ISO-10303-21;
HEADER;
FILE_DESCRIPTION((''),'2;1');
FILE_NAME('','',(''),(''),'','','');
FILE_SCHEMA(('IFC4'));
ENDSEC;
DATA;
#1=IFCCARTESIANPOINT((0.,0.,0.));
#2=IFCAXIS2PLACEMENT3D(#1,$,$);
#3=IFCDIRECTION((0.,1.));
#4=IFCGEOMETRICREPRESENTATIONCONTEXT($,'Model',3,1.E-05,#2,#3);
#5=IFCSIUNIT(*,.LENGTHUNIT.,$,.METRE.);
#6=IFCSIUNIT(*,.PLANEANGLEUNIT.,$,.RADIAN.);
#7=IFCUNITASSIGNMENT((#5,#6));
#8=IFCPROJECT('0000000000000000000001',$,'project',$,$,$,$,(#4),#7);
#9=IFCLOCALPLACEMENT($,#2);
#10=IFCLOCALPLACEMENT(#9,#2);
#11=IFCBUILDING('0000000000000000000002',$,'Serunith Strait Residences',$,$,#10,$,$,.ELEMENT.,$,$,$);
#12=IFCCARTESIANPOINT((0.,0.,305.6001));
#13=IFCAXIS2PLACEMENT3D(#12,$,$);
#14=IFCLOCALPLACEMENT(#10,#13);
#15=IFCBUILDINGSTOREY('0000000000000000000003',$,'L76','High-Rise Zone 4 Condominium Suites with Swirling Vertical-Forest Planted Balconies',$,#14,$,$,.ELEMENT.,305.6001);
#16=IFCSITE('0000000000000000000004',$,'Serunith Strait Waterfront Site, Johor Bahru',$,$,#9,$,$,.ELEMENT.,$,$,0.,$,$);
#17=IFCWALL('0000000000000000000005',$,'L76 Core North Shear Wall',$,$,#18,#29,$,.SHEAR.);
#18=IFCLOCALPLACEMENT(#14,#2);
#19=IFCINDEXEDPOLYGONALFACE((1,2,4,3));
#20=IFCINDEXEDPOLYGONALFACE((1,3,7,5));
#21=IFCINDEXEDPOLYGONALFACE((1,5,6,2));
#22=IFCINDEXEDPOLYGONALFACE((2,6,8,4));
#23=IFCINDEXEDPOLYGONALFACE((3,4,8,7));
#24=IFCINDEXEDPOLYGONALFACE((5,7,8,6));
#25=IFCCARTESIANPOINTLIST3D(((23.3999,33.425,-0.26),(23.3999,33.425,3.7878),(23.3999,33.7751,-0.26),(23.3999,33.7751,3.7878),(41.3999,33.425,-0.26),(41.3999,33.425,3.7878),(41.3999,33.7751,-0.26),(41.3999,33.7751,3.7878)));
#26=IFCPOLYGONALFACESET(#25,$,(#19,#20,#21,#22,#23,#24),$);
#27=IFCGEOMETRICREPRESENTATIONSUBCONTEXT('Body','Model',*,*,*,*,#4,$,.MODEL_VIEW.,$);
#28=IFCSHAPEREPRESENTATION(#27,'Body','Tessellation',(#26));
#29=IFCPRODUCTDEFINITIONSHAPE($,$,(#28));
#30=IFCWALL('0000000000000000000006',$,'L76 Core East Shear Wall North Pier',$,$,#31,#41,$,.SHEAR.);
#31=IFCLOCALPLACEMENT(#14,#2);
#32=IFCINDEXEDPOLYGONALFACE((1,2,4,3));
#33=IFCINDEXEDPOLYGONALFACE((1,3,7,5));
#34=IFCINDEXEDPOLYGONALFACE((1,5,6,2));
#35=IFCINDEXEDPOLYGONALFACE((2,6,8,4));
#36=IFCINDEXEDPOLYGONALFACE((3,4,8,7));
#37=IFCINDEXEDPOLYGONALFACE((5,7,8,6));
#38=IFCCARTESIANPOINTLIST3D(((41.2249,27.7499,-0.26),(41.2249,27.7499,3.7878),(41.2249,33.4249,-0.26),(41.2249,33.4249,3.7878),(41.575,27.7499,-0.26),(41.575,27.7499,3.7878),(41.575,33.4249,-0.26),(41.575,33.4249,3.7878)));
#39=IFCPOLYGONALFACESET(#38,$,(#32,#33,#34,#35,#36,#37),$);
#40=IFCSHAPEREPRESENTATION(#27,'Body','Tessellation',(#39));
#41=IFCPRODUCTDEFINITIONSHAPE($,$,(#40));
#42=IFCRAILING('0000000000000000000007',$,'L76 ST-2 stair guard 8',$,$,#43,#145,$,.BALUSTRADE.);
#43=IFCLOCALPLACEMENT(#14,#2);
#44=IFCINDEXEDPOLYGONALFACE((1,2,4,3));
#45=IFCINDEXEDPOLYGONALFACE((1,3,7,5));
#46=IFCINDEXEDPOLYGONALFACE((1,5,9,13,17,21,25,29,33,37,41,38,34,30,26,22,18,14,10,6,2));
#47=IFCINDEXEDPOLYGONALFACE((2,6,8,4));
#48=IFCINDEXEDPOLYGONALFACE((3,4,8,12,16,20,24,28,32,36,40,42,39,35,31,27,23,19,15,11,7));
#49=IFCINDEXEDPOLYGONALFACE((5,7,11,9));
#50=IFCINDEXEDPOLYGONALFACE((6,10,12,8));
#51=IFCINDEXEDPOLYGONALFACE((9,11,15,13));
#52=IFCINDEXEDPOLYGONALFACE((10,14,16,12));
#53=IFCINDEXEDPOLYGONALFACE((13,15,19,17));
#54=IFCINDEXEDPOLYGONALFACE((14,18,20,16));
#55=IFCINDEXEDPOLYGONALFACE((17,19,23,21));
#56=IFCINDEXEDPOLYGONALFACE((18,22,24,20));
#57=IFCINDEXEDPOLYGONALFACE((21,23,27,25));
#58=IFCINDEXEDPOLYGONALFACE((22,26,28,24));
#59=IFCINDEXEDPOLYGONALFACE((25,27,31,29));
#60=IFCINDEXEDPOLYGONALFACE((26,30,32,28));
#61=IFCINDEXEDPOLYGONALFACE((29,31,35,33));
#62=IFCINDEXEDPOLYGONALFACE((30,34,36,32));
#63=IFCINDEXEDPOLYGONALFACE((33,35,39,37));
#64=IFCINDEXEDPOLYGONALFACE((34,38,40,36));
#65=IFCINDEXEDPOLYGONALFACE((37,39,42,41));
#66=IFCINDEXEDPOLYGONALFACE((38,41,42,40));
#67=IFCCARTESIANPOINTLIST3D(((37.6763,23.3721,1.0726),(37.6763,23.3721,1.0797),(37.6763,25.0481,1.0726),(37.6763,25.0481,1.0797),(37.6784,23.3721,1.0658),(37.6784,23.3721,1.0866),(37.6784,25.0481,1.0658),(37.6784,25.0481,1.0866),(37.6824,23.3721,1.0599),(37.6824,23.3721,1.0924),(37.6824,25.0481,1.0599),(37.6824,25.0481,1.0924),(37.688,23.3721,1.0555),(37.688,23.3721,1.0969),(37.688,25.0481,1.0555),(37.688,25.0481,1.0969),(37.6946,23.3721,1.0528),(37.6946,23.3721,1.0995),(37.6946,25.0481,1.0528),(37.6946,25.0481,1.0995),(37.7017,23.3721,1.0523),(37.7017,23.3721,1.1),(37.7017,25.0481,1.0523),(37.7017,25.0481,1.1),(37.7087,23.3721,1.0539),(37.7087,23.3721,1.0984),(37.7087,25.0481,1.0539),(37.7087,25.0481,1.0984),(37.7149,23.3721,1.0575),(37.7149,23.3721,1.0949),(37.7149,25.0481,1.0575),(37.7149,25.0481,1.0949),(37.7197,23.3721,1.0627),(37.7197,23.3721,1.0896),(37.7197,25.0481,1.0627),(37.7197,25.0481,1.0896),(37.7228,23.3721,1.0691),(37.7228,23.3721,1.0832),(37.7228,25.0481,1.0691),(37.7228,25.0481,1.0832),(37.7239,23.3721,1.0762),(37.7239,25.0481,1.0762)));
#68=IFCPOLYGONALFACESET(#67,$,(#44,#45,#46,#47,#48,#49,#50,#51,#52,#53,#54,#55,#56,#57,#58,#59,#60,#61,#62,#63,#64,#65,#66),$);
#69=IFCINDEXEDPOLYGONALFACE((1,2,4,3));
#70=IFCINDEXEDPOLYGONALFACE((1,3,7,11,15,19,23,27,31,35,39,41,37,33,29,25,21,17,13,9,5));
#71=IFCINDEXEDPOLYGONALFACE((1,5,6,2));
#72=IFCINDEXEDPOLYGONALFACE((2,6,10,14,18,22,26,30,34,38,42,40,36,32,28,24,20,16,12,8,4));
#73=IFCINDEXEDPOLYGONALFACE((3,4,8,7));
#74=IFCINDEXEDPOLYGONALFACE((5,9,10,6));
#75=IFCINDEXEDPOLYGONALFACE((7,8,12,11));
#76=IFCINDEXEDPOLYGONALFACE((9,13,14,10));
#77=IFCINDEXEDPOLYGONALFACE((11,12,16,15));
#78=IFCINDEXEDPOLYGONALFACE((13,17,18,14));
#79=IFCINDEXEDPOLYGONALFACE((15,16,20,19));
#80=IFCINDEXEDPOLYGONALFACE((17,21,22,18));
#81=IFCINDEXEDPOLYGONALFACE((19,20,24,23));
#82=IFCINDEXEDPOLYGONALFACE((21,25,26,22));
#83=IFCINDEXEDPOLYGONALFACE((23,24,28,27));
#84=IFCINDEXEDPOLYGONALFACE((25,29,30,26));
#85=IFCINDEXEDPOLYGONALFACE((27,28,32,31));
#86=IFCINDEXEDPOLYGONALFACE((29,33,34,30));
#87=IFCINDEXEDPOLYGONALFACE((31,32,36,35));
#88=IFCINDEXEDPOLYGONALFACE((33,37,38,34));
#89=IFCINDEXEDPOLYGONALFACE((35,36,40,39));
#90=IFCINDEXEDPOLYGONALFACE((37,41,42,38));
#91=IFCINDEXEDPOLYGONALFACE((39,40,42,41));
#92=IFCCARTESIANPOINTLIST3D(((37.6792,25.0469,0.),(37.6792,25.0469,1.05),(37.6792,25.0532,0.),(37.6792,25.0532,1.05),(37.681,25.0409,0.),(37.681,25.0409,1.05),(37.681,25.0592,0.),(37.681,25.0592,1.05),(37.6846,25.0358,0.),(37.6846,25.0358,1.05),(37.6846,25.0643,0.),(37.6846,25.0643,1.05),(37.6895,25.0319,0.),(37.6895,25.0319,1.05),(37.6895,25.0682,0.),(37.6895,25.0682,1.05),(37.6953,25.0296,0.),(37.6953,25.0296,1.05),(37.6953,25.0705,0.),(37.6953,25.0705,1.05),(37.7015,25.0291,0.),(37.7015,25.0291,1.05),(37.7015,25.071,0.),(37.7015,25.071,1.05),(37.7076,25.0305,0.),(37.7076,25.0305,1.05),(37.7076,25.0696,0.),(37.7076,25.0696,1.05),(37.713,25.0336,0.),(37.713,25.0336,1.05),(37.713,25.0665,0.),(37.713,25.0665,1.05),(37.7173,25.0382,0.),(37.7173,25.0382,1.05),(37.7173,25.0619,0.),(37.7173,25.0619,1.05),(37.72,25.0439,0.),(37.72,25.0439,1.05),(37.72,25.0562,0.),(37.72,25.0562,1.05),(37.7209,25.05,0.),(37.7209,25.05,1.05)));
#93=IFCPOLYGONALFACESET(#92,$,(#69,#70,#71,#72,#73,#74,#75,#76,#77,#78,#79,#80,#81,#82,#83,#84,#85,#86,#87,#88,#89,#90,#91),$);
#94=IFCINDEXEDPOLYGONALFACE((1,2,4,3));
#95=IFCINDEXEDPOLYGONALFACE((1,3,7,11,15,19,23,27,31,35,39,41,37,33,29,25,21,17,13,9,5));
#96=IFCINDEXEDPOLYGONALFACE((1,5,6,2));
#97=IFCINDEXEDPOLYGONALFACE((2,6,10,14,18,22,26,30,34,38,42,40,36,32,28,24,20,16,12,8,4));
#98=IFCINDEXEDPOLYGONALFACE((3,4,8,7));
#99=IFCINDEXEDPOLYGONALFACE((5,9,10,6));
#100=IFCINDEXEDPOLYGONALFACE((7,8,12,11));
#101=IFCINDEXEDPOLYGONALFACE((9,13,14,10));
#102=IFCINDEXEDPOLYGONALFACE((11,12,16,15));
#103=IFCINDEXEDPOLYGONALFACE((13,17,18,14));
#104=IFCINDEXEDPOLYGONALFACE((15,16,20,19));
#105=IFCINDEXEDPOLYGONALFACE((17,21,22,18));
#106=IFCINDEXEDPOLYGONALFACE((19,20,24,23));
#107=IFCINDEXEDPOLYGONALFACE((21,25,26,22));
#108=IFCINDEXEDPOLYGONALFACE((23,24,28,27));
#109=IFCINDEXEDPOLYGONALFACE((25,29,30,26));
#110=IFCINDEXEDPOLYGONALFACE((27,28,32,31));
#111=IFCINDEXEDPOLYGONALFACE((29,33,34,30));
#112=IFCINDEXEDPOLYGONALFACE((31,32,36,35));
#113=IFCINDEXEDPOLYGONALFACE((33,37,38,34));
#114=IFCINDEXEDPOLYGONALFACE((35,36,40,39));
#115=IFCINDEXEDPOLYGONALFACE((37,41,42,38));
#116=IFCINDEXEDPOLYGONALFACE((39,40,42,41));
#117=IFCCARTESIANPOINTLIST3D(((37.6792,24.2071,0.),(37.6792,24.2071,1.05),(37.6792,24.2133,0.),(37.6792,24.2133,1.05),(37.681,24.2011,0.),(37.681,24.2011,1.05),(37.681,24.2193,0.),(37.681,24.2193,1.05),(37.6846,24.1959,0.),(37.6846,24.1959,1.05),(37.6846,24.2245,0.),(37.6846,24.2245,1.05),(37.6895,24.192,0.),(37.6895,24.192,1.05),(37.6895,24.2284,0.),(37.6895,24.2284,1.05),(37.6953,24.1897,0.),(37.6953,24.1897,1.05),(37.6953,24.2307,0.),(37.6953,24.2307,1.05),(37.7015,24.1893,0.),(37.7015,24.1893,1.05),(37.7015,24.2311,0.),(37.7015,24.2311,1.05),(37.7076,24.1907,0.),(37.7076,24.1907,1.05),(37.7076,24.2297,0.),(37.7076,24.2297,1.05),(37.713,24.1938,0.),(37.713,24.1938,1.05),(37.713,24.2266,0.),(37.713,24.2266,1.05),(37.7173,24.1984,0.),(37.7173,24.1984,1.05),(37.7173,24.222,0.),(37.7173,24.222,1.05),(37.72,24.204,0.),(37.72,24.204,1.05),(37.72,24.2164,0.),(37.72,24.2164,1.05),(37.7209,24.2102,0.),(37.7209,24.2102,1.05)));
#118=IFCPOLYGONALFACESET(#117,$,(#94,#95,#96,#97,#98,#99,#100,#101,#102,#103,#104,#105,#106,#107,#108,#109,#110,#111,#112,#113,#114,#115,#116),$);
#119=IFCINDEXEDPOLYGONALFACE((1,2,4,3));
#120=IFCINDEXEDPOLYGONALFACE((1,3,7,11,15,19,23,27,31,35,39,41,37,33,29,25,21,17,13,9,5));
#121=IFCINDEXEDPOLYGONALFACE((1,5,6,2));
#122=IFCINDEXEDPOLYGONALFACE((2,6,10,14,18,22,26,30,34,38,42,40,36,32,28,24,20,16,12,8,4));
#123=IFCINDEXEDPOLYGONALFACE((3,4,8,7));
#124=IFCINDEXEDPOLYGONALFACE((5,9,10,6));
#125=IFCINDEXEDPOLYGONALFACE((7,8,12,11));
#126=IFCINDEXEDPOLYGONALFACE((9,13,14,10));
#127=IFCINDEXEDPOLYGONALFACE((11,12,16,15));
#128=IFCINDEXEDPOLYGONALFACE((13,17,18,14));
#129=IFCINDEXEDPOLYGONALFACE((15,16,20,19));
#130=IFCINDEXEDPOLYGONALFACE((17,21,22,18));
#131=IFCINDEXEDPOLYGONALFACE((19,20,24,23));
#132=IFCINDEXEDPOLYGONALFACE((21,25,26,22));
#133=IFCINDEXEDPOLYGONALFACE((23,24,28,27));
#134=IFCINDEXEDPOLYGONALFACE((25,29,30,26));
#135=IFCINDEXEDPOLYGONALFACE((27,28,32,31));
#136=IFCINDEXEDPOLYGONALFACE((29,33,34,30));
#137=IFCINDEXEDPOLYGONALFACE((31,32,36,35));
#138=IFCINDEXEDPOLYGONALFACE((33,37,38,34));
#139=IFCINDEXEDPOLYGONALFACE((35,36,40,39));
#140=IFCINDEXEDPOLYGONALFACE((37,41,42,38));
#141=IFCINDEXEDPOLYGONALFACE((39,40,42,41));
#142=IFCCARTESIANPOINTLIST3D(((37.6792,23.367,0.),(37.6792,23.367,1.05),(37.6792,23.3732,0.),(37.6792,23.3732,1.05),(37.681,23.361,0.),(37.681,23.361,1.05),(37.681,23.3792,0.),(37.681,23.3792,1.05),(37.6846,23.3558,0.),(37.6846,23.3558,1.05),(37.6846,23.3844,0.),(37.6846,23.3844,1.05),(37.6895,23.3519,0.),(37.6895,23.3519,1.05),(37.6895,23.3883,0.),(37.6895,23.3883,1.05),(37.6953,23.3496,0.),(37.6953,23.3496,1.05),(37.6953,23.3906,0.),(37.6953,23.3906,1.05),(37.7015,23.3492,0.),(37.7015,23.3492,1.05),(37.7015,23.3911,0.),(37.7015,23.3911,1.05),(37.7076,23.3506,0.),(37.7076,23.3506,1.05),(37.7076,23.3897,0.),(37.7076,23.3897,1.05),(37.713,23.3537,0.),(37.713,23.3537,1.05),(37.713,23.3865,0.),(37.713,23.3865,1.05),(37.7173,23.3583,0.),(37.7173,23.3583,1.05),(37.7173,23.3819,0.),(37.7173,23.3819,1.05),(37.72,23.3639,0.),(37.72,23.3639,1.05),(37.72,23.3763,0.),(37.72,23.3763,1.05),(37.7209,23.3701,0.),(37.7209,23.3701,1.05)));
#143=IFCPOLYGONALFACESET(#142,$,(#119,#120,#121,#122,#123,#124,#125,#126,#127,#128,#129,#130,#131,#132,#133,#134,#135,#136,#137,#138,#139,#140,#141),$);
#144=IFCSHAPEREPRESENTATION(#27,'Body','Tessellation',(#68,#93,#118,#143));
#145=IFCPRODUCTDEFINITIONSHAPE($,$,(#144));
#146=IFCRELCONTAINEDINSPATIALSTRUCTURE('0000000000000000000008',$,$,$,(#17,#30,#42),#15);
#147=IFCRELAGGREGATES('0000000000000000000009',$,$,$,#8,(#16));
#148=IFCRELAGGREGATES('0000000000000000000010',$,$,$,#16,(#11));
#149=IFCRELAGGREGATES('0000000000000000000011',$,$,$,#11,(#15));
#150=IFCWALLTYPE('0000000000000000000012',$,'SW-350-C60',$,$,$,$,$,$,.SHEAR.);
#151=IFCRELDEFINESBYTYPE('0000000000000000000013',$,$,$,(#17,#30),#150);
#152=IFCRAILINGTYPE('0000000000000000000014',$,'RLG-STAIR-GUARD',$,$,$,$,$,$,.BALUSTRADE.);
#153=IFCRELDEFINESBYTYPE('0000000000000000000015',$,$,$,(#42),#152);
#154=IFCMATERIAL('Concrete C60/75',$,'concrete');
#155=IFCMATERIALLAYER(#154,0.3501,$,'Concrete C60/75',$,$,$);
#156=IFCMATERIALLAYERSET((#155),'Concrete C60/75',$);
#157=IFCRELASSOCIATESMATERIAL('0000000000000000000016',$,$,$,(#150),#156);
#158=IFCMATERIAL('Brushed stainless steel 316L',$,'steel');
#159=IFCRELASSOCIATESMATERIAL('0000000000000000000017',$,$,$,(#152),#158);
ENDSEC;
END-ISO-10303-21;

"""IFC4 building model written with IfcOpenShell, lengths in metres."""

from ifc_helpers import new_model, si_unit, direction, frame, frame_2d, origin, origin_2d, place, context, subcontext, project, spatial, rectangle, circle, extrude, material, layer, layer_set, type_object, element, save


model = new_model("IFC4")

# Units and contexts
model_context = context("Model", 3, precision=1e-05, world=origin(), true_north=direction((0.0, 1.0)))
body_context = subcontext(model_context, "Body", "Model", "MODEL_VIEW")
ifc_project = project(units=[si_unit("LENGTHUNIT", "METRE"), si_unit("PLANEANGLEUNIT", "RADIAN")], contexts=[model_context])

# Site, building, storey
site_placement = place(None, origin())
site = spatial("IfcSite", under=ifc_project, at=site_placement, Name="Serunith Strait Waterfront Site, Johor Bahru", CompositionType="ELEMENT", RefElevation=0.0)
building_placement = place(site_placement, origin())
building = spatial("IfcBuilding", under=site, at=building_placement, Name="Serunith Strait Residences", CompositionType="ELEMENT")
storey_placement = place(building_placement, frame((0.0, 0.0, 305.6001)))
storey = spatial("IfcBuildingStorey", under=building, at=storey_placement, Name="L76", Description="High-Rise Zone 4 Condominium Suites with Swirling Vertical-Forest Planted Balconies", CompositionType="ELEMENT", Elevation=305.6001)

# Walls
ifc_material_1 = material(Name="Concrete C60/75", Category="concrete")
ifc_layer_1 = layer(ifc_material_1, 0.3501, Name="Concrete C60/75")
ifc_layer_set_1 = layer_set([ifc_layer_1], Name="Concrete C60/75")
wall_type_1 = type_object("IfcWallType", Name="SW-350-C60", PredefinedType="SHEAR", material=ifc_layer_set_1)
wall_1_placement = place(storey_placement, frame((41.3999, 33.6001, -0.26), z_axis=(0.0, 0.0, 1.0), x_axis=(-1.0, 0.0, 0.0)))
element("IfcWall", 1, at=wall_1_placement, inside=storey, type_object=wall_type_1, Name="L76 Core North Shear Wall", PredefinedType="SHEAR", context=body_context, shape_type="SweptSolid", body=[
    extrude(rectangle(XDim=18.0, YDim=0.3501, at=frame_2d((9.0, 0.0))), origin(), (0.0, 0.0, 1.0), 4.0479),
])
wall_2_placement = place(storey_placement, frame((41.3999, 27.75, -0.26), z_axis=(0.0, 0.0, 1.0), x_axis=(0.0, 1.0, 0.0)))
element("IfcWall", 2, at=wall_2_placement, inside=storey, type_object=wall_type_1, Name="L76 Core East Shear Wall North Pier", PredefinedType="SHEAR", context=body_context, shape_type="SweptSolid", body=[
    extrude(rectangle(XDim=5.675, YDim=0.3501, at=frame_2d((2.8374, 0.0))), origin(), (0.0, 0.0, 1.0), 4.0479),
])

# Railing
ifc_material_2 = material(Name="Brushed stainless steel 316L", Category="steel")
railing_type = type_object("IfcRailingType", Name="RLG-STAIR-GUARD", PredefinedType="BALUSTRADE", material=ifc_material_2)
for number, where, name in (
    (3, (37.7, 25.05, 0.0), "L76 ST-2 stair guard 8"),
):
    element("IfcRailing", number, at=place(storey_placement, frame(where)), inside=storey, type_object=railing_type, Name=name, PredefinedType="BALUSTRADE", context=body_context, shape_type="SweptSolid", body=[
        extrude(circle(Radius=0.0239, at=origin_2d()), frame((0.0, -0.002, 1.0762), z_axis=(0.0, -1.0, 0.0), x_axis=(1.0, 0.0, 0.0)), (0.0, 0.0, 1.0), 1.676),
        extrude(circle(Radius=0.021, at=origin_2d()), origin(), (0.0, 0.0, 1.0), 1.05),
        extrude(circle(Radius=0.021, at=origin_2d()), frame((0.0, -0.8398, 0.0)), (0.0, 0.0, 1.0), 1.05),
        extrude(circle(Radius=0.021, at=origin_2d()), frame((0.0, -1.6799, 0.0)), (0.0, 0.0, 1.0), 1.05),
    ])

save(model, "model.ifc")
